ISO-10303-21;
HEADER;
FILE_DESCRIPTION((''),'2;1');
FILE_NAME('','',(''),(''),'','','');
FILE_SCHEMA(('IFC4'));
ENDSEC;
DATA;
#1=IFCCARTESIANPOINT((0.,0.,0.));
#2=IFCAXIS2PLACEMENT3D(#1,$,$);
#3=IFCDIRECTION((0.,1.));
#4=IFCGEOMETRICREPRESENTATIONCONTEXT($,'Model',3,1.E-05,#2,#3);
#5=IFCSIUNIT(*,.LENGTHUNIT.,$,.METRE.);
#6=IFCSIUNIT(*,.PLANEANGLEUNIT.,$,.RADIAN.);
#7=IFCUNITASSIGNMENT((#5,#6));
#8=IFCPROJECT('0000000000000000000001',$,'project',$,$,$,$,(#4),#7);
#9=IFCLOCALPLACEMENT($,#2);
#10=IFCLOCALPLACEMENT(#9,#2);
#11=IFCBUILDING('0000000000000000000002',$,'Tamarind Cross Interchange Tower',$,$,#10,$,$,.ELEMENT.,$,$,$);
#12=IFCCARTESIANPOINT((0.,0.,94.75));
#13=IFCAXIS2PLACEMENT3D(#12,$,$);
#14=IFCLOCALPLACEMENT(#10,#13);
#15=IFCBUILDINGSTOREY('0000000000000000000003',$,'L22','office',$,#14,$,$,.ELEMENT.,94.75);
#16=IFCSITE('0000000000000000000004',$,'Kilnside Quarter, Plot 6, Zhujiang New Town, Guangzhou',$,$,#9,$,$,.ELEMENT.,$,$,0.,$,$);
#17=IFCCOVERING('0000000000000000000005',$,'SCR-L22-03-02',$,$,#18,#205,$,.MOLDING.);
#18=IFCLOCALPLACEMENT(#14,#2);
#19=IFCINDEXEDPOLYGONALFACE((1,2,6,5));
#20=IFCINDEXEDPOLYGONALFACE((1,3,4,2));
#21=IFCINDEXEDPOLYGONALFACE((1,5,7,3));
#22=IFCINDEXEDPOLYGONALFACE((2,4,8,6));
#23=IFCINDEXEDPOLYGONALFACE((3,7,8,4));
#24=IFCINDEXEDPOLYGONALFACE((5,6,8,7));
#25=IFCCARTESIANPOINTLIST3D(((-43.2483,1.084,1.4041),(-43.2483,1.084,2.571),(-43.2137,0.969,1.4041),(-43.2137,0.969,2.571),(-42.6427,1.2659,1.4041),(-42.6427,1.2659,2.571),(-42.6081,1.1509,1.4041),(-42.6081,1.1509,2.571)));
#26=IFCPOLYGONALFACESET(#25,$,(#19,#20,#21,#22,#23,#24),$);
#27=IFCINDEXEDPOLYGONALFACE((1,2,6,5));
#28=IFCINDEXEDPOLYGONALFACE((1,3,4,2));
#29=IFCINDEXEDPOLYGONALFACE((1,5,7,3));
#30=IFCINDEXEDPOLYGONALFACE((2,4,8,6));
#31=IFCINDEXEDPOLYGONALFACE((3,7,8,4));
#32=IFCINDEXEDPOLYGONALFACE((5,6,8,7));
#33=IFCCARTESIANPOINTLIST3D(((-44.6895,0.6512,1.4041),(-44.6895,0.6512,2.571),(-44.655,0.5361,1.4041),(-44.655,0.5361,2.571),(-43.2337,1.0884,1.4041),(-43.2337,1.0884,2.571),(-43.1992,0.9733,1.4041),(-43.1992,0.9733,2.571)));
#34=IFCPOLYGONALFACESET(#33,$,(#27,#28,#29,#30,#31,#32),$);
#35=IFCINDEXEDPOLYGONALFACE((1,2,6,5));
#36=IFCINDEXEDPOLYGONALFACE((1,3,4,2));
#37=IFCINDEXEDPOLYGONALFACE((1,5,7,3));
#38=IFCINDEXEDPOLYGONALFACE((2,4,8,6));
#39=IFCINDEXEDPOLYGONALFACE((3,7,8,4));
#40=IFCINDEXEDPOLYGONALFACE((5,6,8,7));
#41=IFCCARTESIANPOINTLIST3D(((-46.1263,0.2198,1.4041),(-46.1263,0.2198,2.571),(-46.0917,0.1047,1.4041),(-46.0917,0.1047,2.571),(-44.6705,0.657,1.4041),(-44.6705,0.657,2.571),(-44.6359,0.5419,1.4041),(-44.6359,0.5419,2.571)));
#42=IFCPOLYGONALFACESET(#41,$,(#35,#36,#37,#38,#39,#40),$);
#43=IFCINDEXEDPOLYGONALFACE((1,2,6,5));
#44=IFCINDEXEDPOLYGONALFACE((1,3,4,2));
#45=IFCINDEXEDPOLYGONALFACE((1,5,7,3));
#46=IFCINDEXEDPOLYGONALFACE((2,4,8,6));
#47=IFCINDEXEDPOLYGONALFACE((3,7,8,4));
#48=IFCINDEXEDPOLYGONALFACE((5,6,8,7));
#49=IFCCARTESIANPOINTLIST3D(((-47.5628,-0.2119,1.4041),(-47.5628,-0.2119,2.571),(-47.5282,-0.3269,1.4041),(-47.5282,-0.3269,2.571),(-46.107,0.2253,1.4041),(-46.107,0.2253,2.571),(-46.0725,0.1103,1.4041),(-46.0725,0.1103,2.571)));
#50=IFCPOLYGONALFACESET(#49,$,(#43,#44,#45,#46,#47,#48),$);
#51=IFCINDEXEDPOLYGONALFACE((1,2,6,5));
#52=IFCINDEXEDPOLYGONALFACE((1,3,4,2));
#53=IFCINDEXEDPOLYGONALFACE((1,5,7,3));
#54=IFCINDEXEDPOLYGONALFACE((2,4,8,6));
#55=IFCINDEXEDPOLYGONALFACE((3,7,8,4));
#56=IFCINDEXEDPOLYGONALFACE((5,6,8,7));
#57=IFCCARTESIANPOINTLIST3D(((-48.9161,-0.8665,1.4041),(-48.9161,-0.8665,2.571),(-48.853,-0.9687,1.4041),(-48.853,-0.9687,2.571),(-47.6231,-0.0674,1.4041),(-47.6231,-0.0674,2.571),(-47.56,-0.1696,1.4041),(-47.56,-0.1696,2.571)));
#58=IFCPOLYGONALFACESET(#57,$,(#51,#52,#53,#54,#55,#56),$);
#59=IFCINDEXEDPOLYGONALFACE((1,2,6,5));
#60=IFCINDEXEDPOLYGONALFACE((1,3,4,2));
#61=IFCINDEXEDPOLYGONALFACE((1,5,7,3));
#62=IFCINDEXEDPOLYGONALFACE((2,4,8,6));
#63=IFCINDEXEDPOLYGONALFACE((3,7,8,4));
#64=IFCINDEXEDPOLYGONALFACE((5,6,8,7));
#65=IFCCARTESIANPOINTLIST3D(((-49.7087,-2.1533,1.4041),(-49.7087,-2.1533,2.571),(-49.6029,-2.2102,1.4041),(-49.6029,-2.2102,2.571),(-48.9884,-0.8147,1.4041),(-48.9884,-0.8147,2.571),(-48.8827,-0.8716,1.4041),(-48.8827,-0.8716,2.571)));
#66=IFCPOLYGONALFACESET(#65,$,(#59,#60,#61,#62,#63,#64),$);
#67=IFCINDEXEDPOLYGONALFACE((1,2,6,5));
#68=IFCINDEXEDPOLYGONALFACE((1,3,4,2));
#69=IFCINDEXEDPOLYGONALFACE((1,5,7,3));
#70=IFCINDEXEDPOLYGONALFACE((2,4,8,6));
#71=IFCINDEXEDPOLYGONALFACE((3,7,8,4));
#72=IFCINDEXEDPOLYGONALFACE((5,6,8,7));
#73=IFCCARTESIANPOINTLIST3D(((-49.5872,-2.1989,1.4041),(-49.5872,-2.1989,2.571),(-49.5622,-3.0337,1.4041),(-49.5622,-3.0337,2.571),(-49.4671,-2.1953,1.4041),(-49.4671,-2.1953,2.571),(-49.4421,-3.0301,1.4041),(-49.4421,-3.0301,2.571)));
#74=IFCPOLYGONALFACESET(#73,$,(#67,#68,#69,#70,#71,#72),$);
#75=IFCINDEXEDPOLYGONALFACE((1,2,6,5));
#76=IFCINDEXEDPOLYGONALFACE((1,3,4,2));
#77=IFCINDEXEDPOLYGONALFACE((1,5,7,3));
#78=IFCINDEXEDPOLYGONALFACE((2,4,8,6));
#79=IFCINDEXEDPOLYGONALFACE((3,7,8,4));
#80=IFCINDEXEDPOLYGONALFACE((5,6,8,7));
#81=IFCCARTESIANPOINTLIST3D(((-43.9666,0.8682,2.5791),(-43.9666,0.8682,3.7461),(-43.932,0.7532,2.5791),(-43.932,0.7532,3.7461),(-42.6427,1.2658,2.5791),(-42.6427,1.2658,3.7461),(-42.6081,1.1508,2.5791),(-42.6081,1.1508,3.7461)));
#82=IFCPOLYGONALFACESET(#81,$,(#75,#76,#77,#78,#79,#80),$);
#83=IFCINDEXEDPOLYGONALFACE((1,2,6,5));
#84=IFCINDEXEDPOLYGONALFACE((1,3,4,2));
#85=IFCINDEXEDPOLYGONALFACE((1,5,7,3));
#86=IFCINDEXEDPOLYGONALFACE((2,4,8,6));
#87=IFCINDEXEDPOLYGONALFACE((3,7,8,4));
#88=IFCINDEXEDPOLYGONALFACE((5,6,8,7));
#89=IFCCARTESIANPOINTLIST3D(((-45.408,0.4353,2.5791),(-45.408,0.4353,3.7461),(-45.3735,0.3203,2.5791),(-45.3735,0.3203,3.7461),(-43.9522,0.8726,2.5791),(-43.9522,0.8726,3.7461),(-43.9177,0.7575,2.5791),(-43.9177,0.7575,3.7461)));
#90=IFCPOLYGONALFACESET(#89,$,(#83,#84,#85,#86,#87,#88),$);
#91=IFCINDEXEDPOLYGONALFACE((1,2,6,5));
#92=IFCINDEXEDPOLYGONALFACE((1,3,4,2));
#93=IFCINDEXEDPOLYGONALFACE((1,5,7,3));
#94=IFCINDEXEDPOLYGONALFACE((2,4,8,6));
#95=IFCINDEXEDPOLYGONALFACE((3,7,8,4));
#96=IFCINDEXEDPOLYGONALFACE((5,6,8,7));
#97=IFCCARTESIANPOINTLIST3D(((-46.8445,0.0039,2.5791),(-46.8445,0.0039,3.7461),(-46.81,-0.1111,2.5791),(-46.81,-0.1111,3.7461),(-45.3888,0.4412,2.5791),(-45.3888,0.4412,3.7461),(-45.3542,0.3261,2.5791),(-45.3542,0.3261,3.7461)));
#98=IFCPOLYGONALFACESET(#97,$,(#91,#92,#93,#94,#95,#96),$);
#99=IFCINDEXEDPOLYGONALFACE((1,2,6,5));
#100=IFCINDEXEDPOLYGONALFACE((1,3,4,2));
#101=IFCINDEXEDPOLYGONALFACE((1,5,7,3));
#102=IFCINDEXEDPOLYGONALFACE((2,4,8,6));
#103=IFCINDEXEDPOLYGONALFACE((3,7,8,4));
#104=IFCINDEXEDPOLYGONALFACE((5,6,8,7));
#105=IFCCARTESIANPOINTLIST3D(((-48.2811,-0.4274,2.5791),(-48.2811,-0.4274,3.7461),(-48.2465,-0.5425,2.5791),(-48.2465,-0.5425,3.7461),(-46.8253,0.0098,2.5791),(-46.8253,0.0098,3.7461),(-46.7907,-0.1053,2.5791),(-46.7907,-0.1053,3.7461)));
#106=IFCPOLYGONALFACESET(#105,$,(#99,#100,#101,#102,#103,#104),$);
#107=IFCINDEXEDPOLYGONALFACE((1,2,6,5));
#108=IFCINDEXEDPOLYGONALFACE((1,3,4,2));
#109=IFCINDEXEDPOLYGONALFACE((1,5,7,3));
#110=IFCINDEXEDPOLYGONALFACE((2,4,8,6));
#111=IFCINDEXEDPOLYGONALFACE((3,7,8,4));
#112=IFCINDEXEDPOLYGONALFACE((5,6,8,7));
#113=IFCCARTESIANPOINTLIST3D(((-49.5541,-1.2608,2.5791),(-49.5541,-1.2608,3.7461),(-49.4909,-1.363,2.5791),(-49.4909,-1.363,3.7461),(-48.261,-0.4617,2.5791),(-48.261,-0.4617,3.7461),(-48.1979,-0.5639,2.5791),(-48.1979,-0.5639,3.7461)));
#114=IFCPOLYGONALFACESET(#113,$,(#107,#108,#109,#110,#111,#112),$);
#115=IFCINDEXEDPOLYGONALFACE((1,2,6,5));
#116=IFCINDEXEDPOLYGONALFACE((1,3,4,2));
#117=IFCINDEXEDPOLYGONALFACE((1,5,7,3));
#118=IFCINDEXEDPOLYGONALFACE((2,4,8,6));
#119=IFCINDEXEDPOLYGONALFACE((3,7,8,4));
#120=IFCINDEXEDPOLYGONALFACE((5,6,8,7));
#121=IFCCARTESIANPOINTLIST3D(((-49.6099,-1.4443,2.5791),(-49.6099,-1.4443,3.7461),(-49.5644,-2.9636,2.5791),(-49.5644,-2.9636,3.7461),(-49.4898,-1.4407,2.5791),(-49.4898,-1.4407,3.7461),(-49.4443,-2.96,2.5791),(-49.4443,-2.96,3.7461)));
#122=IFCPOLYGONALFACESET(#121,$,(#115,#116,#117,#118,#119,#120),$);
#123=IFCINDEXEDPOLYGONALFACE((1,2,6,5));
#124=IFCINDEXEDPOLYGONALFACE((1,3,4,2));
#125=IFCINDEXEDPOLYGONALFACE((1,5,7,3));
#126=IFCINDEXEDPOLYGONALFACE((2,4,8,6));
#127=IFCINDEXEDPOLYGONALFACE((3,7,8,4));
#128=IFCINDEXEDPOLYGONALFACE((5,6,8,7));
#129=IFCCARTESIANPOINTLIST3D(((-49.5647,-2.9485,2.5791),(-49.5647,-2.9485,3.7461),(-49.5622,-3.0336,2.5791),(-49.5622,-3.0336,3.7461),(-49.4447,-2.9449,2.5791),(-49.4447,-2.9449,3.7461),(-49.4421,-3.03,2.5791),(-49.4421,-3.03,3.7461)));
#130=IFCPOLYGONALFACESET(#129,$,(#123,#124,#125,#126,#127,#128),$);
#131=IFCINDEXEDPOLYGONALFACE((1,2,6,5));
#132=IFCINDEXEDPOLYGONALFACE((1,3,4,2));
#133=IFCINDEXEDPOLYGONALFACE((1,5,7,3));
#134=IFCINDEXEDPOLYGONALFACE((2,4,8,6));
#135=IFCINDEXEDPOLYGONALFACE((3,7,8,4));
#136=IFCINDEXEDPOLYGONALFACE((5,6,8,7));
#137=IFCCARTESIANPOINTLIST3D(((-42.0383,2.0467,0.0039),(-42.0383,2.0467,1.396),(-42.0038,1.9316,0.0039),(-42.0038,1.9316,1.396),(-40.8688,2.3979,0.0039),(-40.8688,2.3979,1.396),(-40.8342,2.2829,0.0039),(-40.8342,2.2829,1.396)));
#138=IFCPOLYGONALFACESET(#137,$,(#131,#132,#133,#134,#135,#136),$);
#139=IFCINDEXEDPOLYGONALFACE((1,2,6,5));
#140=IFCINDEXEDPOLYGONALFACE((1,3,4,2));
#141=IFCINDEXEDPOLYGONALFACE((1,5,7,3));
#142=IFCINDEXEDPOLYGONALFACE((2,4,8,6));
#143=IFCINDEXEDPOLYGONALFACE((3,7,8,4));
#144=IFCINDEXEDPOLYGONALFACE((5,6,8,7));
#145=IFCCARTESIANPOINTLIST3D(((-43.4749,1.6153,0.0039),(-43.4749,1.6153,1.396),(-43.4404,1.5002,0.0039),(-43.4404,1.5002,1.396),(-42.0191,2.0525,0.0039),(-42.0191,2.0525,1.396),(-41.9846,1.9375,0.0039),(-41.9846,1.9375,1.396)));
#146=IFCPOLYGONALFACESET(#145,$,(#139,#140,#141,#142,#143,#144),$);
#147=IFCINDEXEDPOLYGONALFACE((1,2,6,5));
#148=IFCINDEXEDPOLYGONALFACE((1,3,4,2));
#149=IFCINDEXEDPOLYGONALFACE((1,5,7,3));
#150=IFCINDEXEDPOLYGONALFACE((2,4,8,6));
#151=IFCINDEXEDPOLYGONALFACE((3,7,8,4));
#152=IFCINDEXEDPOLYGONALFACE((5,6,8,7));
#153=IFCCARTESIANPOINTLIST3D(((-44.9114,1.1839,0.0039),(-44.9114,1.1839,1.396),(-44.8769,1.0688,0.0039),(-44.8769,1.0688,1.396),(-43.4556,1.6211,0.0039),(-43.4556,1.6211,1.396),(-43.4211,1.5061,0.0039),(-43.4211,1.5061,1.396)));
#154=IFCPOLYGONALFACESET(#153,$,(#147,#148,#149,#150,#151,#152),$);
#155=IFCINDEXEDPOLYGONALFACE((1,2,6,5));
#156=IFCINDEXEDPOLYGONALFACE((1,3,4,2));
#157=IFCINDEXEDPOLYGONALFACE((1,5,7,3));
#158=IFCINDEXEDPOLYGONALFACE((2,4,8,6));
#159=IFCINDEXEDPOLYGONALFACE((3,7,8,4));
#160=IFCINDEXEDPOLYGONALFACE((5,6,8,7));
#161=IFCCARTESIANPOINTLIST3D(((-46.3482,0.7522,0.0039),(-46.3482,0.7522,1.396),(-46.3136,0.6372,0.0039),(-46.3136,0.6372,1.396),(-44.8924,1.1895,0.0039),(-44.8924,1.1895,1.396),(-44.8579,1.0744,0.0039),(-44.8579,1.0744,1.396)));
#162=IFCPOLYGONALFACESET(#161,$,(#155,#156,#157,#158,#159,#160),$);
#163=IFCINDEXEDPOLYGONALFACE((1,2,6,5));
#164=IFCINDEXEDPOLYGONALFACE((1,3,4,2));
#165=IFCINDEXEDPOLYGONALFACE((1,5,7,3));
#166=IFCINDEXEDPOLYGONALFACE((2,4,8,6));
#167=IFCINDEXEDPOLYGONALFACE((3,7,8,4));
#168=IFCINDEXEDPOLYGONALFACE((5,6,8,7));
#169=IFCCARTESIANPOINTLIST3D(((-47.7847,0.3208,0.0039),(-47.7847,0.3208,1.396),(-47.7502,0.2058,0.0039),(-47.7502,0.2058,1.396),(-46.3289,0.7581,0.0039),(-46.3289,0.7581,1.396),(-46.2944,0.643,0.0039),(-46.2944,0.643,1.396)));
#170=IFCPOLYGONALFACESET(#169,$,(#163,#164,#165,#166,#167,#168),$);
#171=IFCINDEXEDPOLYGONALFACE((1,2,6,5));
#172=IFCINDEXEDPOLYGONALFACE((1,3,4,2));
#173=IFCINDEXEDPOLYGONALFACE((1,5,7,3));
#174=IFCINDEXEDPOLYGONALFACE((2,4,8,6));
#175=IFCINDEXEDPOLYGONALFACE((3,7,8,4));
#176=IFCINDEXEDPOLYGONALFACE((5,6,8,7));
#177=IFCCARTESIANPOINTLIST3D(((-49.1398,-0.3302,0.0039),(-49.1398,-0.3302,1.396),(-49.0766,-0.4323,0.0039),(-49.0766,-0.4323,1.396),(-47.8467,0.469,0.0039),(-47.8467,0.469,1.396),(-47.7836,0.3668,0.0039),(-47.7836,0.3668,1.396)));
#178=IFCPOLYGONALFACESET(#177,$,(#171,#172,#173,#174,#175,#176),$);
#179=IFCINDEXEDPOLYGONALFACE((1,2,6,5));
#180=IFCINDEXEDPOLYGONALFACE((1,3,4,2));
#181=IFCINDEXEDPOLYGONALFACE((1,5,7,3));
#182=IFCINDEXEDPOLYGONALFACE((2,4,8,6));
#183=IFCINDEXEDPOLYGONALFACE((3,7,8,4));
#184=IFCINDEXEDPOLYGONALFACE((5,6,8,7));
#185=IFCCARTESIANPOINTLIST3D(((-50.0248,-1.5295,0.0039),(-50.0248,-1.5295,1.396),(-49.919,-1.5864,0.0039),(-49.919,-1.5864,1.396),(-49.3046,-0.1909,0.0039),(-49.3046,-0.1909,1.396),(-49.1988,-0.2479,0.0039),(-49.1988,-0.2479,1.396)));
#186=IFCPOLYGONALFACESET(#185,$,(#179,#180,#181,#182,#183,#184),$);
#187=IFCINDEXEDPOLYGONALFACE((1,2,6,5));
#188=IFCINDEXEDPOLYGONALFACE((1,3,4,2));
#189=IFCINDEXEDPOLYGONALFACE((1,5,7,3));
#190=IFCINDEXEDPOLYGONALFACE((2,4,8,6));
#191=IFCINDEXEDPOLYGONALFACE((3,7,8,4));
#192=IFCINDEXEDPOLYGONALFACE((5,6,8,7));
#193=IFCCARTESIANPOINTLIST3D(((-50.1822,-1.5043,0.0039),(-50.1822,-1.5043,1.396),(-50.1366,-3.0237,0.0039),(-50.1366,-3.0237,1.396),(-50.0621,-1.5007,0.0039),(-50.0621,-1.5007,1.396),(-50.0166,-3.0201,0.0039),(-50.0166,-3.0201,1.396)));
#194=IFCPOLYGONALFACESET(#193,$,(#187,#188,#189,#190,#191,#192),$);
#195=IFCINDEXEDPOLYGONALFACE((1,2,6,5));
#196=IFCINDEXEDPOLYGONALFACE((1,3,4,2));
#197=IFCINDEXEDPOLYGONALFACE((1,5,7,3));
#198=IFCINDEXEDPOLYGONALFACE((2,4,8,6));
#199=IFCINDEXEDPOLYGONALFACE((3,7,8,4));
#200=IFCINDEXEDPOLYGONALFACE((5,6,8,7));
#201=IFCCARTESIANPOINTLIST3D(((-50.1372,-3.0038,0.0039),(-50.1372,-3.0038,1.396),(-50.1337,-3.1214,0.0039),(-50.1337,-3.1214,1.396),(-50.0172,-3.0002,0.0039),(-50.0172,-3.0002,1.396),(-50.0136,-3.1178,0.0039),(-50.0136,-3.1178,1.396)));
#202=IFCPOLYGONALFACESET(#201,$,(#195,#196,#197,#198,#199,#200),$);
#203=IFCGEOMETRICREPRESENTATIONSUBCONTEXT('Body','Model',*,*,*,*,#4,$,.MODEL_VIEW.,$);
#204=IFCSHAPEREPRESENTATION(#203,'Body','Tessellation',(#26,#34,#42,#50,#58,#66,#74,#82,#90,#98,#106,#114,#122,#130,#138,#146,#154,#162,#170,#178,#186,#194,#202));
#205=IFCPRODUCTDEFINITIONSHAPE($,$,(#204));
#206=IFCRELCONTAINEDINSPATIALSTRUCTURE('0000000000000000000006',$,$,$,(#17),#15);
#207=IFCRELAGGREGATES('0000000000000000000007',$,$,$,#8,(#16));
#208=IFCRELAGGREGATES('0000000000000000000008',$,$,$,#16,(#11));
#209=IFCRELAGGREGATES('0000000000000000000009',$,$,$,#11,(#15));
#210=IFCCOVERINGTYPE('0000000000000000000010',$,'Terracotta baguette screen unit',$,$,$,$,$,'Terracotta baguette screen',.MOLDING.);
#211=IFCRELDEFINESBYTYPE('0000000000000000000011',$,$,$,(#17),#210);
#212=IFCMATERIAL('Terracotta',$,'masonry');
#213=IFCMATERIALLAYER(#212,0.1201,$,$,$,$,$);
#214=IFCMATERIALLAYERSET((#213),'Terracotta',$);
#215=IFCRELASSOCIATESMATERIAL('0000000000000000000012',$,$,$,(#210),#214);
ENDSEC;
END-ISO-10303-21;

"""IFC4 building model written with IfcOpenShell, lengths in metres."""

from ifc_helpers import new_model, si_unit, direction, frame, origin, origin_2d, place, context, subcontext, project, spatial, rectangle, extrude, material, layer, layer_set, type_object, element, save


model = new_model("IFC4")

# Units and contexts
model_context = context("Model", 3, precision=1e-05, world=origin(), true_north=direction((0.0, 1.0)))
body_context = subcontext(model_context, "Body", "Model", "MODEL_VIEW")
ifc_project = project(units=[si_unit("LENGTHUNIT", "METRE"), si_unit("PLANEANGLEUNIT", "RADIAN")], contexts=[model_context])

# Site, building, storey
site_placement = place(None, origin())
site = spatial("IfcSite", under=ifc_project, at=site_placement, Name="Kilnside Quarter, Plot 6, Zhujiang New Town, Guangzhou", CompositionType="ELEMENT", RefElevation=0.0)
building_placement = place(site_placement, origin())
building = spatial("IfcBuilding", under=site, at=building_placement, Name="Tamarind Cross Interchange Tower", CompositionType="ELEMENT")
storey_placement = place(building_placement, frame((0.0, 0.0, 94.75)))
storey = spatial("IfcBuildingStorey", under=building, at=storey_placement, Name="L22", Description="office", CompositionType="ELEMENT", Elevation=94.75)

# Covering
ifc_material_1 = material(Name="Terracotta", Category="masonry")
ifc_layer_1 = layer(ifc_material_1, 0.1201)
ifc_layer_set_1 = layer_set([ifc_layer_1], Name="Terracotta")
covering_type = type_object("IfcCoveringType", Name="Terracotta baguette screen unit", ElementType="Terracotta baguette screen", PredefinedType="MOLDING", material=ifc_layer_set_1)
covering_1_placement = place(storey_placement, origin())
element("IfcCovering", 1, at=covering_1_placement, inside=storey, type_object=covering_type, Name="SCR-L22-03-02", PredefinedType="MOLDING", context=body_context, shape_type="SweptSolid", body=[
    extrude(rectangle(XDim=0.6323, YDim=0.1201, at=origin_2d()), frame((-42.9282, 1.1174, 1.4041), z_axis=(0.0, 0.0, 1.0), x_axis=(-0.957738, -0.287641, 0.0)), (0.0, 0.0, 1.0), 1.167),
    extrude(rectangle(XDim=1.52, YDim=0.1201, at=origin_2d()), frame((-43.9443, 0.8123, 1.4041), z_axis=(0.0, 0.0, 1.0), x_axis=(-0.957738, -0.287641, 0.0)), (0.0, 0.0, 1.0), 1.167),
    extrude(rectangle(XDim=1.52, YDim=0.1201, at=origin_2d()), frame((-45.3811, 0.3809, 1.4041), z_axis=(0.0, 0.0, 1.0), x_axis=(-0.957738, -0.287641, 0.0)), (0.0, 0.0, 1.0), 1.167),
    extrude(rectangle(XDim=1.52, YDim=0.1201, at=origin_2d()), frame((-46.8176, -0.0508, 1.4041), z_axis=(0.0, 0.0, 1.0), x_axis=(-0.957738, -0.287641, 0.0)), (0.0, 0.0, 1.0), 1.167),
    extrude(rectangle(XDim=1.52, YDim=0.1201, at=origin_2d()), frame((-48.238, -0.5181, 1.4041), z_axis=(0.0, 0.0, 1.0), x_axis=(-0.850657, -0.525721, 0.0)), (0.0, 0.0, 1.0), 1.167),
    extrude(rectangle(XDim=1.52, YDim=0.1201, at=origin_2d()), frame((-49.2957, -1.5125, 1.4041), z_axis=(0.0, 0.0, 1.0), x_axis=(-0.47383, -0.880616, 0.0)), (0.0, 0.0, 1.0), 1.167),
    extrude(rectangle(XDim=0.8352, YDim=0.1201, at=origin_2d()), frame((-49.5146, -2.6145, 1.4041), z_axis=(0.0, 0.0, 1.0), x_axis=(0.029959, -0.999551, 0.0)), (0.0, 0.0, 1.0), 1.167),
    extrude(rectangle(XDim=1.3823, YDim=0.1201, at=origin_2d()), frame((-43.2874, 1.0095, 2.5791), z_axis=(0.0, 0.0, 1.0), x_axis=(-0.957738, -0.287641, 0.0)), (0.0, 0.0, 1.0), 1.167),
    extrude(rectangle(XDim=1.52, YDim=0.1201, at=origin_2d()), frame((-44.6628, 0.5964, 2.5791), z_axis=(0.0, 0.0, 1.0), x_axis=(-0.957738, -0.287641, 0.0)), (0.0, 0.0, 1.0), 1.167),
    extrude(rectangle(XDim=1.52, YDim=0.1201, at=origin_2d()), frame((-46.0994, 0.165, 2.5791), z_axis=(0.0, 0.0, 1.0), x_axis=(-0.957738, -0.287641, 0.0)), (0.0, 0.0, 1.0), 1.167),
    extrude(rectangle(XDim=1.52, YDim=0.1201, at=origin_2d()), frame((-47.5359, -0.2664, 2.5791), z_axis=(0.0, 0.0, 1.0), x_axis=(-0.957738, -0.287641, 0.0)), (0.0, 0.0, 1.0), 1.167),
    extrude(rectangle(XDim=1.52, YDim=0.1201, at=origin_2d()), frame((-48.876, -0.9124, 2.5791), z_axis=(0.0, 0.0, 1.0), x_axis=(-0.850657, -0.525721, 0.0)), (0.0, 0.0, 1.0), 1.167),
    extrude(rectangle(XDim=1.52, YDim=0.1201, at=origin_2d()), frame((-49.5271, -2.2021, 2.5791), z_axis=(0.0, 0.0, 1.0), x_axis=(0.029959, -0.999551, 0.0)), (0.0, 0.0, 1.0), 1.167),
    extrude(rectangle(XDim=0.0852, YDim=0.1201, at=origin_2d()), frame((-49.5034, -2.9893, 2.5791), z_axis=(0.0, 0.0, 1.0), x_axis=(0.029959, -0.999551, 0.0)), (0.0, 0.0, 1.0), 1.167),
    extrude(rectangle(XDim=1.2212, YDim=0.1201, at=origin_2d()), frame((-41.4363, 2.1648, 0.0039), z_axis=(0.0, 0.0, 1.0), x_axis=(-0.957738, -0.287641, 0.0)), (0.0, 0.0, 1.0), 1.3921),
    extrude(rectangle(XDim=1.52, YDim=0.1201, at=origin_2d()), frame((-42.7297, 1.7764, 0.0039), z_axis=(0.0, 0.0, 1.0), x_axis=(-0.957738, -0.287641, 0.0)), (0.0, 0.0, 1.0), 1.3921),
    extrude(rectangle(XDim=1.52, YDim=0.1201, at=origin_2d()), frame((-44.1663, 1.345, 0.0039), z_axis=(0.0, 0.0, 1.0), x_axis=(-0.957738, -0.287641, 0.0)), (0.0, 0.0, 1.0), 1.3921),
    extrude(rectangle(XDim=1.52, YDim=0.1201, at=origin_2d()), frame((-45.603, 0.9133, 0.0039), z_axis=(0.0, 0.0, 1.0), x_axis=(-0.957738, -0.287641, 0.0)), (0.0, 0.0, 1.0), 1.3921),
    extrude(rectangle(XDim=1.52, YDim=0.1201, at=origin_2d()), frame((-47.0396, 0.4819, 0.0039), z_axis=(0.0, 0.0, 1.0), x_axis=(-0.957738, -0.287641, 0.0)), (0.0, 0.0, 1.0), 1.3921),
    extrude(rectangle(XDim=1.52, YDim=0.1201, at=origin_2d()), frame((-48.4617, 0.0183, 0.0039), z_axis=(0.0, 0.0, 1.0), x_axis=(-0.850657, -0.525721, 0.0)), (0.0, 0.0, 1.0), 1.3921),
    extrude(rectangle(XDim=1.52, YDim=0.1201, at=origin_2d()), frame((-49.6118, -0.8887, 0.0039), z_axis=(0.0, 0.0, 1.0), x_axis=(-0.47383, -0.880616, 0.0)), (0.0, 0.0, 1.0), 1.3921),
    extrude(rectangle(XDim=1.52, YDim=0.1201, at=origin_2d()), frame((-50.0994, -2.2622, 0.0039), z_axis=(0.0, 0.0, 1.0), x_axis=(0.029959, -0.999551, 0.0)), (0.0, 0.0, 1.0), 1.3921),
    extrude(rectangle(XDim=0.1177, YDim=0.1201, at=origin_2d()), frame((-50.0754, -3.0608, 0.0039), z_axis=(0.0, 0.0, 1.0), x_axis=(0.029959, -0.999551, 0.0)), (0.0, 0.0, 1.0), 1.3921),
])

save(model, "model.ifc")
